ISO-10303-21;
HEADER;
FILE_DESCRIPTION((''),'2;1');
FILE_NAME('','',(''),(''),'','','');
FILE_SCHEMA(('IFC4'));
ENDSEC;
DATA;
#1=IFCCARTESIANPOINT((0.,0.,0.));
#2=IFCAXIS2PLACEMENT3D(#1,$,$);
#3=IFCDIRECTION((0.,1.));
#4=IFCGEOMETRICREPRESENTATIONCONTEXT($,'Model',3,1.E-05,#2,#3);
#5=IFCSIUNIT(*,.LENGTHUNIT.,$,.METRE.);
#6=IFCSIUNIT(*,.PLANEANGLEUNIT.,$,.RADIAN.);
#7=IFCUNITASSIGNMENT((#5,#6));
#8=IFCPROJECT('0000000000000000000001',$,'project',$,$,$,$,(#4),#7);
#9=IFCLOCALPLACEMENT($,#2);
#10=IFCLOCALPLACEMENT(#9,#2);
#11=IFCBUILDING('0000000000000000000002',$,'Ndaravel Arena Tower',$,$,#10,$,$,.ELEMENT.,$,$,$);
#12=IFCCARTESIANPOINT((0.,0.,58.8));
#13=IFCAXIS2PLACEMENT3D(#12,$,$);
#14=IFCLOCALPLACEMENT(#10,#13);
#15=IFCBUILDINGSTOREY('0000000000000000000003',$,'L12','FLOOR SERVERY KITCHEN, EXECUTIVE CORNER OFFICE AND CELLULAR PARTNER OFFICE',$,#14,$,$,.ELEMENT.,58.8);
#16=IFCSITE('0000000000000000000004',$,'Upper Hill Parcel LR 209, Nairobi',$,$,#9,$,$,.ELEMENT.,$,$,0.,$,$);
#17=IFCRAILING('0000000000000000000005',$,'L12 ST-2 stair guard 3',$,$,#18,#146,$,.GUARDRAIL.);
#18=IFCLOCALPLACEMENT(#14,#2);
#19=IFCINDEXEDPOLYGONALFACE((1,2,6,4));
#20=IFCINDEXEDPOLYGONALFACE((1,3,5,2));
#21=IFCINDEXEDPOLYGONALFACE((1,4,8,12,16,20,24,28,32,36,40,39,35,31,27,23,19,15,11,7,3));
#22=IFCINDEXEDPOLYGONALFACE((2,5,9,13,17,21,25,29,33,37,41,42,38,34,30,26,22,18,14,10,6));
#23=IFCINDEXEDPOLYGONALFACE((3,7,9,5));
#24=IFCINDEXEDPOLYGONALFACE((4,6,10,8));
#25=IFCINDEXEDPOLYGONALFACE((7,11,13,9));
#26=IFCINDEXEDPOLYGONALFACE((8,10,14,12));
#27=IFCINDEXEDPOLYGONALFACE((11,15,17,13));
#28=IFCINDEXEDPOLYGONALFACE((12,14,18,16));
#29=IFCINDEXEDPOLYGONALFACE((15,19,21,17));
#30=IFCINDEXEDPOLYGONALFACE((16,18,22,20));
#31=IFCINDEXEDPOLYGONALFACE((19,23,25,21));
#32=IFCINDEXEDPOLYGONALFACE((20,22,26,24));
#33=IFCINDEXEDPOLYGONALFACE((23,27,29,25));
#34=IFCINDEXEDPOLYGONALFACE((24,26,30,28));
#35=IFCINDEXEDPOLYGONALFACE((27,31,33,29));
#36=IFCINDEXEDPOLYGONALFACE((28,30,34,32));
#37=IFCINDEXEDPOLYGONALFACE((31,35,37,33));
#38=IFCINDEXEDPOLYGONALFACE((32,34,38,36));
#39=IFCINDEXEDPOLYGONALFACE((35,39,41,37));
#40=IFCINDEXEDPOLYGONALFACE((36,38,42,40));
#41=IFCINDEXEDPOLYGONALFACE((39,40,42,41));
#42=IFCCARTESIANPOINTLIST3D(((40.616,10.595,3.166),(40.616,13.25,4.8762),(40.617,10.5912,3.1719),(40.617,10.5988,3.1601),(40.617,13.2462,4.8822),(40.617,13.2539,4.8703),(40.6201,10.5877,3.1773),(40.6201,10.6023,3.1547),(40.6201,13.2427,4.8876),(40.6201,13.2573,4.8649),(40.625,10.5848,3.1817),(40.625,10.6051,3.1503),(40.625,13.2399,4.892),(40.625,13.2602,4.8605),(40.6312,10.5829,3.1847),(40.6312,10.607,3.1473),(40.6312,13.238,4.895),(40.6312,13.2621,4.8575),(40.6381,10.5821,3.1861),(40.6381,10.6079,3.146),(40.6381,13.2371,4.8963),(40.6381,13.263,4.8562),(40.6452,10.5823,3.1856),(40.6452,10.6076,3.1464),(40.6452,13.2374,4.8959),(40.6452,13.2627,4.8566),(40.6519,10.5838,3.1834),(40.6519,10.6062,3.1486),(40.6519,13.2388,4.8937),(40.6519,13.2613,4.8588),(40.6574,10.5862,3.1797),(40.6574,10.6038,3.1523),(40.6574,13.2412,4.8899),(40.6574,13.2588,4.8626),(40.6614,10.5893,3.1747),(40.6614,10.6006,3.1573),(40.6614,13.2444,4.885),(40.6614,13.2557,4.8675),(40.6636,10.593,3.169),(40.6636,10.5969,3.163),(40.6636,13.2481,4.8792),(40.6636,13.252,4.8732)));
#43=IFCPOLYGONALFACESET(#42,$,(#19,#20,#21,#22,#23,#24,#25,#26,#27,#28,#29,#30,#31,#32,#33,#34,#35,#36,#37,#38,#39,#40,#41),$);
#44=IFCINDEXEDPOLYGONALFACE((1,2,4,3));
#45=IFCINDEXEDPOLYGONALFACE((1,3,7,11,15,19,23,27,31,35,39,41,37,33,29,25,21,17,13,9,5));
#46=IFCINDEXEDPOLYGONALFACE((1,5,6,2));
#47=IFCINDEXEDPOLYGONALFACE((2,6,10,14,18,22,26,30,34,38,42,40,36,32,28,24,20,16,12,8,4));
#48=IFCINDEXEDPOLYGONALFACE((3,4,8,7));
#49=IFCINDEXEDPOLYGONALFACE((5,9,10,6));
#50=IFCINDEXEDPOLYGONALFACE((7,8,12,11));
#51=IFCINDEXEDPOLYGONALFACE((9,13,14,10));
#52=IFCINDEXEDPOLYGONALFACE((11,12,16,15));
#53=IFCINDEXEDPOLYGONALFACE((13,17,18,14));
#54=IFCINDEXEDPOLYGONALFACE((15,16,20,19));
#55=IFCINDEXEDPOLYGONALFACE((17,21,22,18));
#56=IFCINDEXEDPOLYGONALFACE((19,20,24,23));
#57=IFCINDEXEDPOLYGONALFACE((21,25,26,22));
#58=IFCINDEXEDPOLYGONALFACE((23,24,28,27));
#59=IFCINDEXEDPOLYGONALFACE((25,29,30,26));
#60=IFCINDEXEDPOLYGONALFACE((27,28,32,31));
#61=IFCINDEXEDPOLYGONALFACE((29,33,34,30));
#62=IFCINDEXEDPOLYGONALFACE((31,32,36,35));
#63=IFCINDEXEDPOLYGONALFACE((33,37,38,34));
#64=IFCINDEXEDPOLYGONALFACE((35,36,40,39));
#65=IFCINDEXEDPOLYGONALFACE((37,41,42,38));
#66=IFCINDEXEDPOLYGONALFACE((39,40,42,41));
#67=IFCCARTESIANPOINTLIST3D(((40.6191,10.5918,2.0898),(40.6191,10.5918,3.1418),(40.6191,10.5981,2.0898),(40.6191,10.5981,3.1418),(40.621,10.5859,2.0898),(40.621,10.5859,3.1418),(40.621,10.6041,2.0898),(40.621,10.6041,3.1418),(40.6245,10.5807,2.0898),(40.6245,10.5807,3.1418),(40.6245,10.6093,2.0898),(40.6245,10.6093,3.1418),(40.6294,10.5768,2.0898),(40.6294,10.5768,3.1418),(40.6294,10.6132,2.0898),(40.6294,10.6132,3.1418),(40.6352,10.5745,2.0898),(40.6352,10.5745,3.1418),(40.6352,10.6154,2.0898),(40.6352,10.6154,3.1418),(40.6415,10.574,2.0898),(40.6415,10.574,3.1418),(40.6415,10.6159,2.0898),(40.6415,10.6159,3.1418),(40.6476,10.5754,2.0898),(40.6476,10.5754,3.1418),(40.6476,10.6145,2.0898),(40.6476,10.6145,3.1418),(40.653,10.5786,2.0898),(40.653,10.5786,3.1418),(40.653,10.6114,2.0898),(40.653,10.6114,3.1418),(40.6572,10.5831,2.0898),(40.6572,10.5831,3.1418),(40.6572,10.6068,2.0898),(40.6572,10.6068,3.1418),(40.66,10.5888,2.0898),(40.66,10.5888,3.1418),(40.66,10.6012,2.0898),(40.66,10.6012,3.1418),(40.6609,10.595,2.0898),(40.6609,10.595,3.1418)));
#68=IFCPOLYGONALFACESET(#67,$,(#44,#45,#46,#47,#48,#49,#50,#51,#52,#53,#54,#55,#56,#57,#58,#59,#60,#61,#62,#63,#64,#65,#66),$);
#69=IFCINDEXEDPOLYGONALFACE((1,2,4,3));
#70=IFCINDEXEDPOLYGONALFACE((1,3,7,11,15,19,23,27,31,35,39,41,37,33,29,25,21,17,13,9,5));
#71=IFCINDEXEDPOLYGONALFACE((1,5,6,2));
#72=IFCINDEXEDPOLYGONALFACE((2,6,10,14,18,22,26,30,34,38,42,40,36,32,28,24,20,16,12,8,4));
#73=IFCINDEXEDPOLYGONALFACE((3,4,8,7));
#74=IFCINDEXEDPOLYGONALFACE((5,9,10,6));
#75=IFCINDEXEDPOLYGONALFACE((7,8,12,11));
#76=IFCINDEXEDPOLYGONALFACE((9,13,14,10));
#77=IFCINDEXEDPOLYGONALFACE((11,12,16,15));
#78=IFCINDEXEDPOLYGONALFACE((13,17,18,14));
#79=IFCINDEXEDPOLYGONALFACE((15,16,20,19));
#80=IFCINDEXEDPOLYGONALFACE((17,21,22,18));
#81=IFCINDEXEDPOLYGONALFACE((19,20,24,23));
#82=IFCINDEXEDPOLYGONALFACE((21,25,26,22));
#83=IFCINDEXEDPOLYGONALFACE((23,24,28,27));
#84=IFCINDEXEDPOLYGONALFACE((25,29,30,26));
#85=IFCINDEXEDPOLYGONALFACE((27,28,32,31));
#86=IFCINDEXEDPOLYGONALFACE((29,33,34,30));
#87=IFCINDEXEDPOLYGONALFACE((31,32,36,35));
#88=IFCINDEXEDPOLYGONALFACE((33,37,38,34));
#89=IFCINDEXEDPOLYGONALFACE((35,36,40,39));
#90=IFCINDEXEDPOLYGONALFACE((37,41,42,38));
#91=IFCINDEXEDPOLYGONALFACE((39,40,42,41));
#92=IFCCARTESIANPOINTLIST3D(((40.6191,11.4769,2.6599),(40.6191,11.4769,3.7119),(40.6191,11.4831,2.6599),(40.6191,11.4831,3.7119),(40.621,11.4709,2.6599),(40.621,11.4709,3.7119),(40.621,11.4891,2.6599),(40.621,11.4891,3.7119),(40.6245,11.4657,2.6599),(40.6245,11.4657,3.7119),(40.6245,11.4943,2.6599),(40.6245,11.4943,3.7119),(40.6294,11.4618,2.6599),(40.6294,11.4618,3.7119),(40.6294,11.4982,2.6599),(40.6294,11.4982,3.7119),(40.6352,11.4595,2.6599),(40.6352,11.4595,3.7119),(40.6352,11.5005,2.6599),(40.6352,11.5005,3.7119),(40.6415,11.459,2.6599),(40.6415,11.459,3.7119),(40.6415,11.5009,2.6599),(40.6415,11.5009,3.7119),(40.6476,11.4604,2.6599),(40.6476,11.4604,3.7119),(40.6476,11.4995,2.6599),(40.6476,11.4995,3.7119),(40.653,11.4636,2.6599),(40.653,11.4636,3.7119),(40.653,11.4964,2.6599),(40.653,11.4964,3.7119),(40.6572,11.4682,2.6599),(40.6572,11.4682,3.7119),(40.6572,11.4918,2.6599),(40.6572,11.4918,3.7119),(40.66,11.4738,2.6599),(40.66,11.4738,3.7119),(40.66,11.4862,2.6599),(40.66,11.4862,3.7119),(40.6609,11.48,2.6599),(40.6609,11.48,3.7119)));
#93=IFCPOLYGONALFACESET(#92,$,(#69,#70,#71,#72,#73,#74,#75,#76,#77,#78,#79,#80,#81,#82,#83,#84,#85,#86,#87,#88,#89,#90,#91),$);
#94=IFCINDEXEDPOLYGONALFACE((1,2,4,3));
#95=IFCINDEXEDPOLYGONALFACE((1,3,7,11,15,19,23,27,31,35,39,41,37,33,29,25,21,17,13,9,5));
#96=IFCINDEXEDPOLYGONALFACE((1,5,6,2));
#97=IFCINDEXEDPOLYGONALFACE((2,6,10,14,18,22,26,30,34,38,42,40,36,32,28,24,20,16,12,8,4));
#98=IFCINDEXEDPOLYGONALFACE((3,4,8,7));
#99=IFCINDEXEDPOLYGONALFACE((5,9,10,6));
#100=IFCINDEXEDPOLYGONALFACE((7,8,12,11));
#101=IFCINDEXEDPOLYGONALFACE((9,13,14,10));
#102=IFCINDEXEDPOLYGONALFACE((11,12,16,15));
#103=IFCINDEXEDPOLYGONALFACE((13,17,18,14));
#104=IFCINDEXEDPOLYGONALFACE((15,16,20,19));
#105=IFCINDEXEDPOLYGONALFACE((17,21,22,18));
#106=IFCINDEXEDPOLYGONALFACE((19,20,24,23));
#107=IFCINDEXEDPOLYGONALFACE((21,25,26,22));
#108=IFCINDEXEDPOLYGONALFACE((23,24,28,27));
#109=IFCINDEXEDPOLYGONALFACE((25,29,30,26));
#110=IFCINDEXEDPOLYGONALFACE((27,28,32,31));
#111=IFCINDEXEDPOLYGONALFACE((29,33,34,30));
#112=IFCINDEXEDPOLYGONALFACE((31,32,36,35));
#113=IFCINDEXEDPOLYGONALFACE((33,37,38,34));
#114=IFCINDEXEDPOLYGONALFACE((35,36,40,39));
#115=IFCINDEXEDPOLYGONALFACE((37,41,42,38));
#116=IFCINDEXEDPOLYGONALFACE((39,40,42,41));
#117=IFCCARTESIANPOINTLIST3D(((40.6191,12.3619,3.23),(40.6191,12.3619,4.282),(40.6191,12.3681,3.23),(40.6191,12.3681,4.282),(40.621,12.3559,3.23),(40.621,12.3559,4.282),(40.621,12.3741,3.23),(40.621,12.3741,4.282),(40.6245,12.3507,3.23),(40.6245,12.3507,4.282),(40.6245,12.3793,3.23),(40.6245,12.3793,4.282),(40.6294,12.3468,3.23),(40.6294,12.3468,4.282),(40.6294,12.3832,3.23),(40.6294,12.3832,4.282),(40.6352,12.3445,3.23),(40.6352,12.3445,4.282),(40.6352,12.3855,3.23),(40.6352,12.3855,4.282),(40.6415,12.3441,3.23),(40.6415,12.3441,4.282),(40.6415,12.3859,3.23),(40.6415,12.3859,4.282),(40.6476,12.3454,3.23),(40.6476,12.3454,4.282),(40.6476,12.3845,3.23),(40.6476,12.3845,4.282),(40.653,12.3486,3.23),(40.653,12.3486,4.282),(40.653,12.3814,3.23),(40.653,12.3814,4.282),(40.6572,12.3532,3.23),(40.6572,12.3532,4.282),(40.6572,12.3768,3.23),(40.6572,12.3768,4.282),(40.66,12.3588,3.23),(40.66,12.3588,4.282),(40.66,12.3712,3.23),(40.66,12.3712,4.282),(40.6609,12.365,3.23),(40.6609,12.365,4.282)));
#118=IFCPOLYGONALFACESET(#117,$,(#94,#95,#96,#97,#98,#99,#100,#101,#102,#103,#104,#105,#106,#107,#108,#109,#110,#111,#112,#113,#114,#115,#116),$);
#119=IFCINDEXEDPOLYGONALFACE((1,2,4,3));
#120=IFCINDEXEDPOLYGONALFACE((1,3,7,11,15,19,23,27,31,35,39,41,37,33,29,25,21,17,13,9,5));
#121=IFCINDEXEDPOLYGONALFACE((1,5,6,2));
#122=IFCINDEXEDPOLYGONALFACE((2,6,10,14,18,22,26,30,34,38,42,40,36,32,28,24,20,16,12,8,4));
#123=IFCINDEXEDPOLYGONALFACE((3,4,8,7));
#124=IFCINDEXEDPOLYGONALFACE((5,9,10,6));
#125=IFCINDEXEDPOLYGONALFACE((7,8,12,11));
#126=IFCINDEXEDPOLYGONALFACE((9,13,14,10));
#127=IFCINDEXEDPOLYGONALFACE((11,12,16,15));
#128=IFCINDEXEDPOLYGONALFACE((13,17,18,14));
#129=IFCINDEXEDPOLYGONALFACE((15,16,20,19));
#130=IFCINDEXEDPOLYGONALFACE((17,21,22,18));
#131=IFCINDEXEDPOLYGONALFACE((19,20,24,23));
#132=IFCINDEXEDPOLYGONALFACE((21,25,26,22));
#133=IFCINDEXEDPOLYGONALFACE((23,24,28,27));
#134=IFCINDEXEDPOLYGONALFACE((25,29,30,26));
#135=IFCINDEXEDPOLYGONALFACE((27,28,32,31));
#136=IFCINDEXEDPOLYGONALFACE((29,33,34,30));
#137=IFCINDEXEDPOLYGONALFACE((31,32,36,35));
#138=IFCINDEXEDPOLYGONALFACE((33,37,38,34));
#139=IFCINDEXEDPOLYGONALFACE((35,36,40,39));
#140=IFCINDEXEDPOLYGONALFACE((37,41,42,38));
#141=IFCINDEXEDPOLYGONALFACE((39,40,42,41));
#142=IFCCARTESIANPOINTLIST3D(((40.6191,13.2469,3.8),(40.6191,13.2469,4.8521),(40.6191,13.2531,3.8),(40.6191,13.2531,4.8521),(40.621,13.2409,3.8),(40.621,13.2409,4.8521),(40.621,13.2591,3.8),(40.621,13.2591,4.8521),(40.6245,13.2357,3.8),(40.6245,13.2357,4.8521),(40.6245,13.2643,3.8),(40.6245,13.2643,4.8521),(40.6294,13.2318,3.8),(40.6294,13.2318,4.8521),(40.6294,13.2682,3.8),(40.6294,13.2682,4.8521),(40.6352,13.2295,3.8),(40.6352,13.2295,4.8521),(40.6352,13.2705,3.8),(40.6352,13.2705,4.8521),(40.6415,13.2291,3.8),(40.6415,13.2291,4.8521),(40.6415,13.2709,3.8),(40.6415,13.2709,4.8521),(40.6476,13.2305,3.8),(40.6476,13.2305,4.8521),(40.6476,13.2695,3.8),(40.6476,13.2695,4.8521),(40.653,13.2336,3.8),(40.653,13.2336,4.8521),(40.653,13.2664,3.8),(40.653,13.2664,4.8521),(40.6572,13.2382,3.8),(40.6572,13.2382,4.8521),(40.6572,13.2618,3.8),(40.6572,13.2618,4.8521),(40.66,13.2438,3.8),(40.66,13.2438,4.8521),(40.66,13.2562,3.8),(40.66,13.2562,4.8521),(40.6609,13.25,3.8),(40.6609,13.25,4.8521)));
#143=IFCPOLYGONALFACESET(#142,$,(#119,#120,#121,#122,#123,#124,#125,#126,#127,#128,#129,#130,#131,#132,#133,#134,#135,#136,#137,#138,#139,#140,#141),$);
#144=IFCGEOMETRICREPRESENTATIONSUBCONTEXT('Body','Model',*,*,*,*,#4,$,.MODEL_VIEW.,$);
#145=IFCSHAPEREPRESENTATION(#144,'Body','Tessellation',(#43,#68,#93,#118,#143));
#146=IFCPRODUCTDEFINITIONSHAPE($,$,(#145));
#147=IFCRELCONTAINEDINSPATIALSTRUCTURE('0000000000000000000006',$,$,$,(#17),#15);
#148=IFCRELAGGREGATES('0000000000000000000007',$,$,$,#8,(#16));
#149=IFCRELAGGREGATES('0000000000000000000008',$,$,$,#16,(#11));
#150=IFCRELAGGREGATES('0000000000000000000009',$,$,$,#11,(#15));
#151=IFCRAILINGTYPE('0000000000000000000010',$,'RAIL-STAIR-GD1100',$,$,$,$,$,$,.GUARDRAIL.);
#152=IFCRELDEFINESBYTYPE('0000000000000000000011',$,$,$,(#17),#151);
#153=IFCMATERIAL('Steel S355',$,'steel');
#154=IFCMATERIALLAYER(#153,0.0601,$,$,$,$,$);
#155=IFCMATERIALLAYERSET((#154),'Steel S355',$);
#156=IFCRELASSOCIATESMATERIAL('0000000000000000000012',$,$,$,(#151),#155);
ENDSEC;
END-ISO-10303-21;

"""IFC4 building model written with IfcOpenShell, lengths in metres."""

from ifc_helpers import new_model, si_unit, direction, frame, origin, origin_2d, place, context, subcontext, project, spatial, circle, extrude, material, layer, layer_set, type_object, element, save


model = new_model("IFC4")

# Units and contexts
model_context = context("Model", 3, precision=1e-05, world=origin(), true_north=direction((0.0, 1.0)))
body_context = subcontext(model_context, "Body", "Model", "MODEL_VIEW")
ifc_project = project(units=[si_unit("LENGTHUNIT", "METRE"), si_unit("PLANEANGLEUNIT", "RADIAN")], contexts=[model_context])

# Site, building, storey
site_placement = place(None, origin())
site = spatial("IfcSite", under=ifc_project, at=site_placement, Name="Upper Hill Parcel LR 209, Nairobi", CompositionType="ELEMENT", RefElevation=0.0)
building_placement = place(site_placement, origin())
building = spatial("IfcBuilding", under=site, at=building_placement, Name="Ndaravel Arena Tower", CompositionType="ELEMENT")
storey_placement = place(building_placement, frame((0.0, 0.0, 58.8)))
storey = spatial("IfcBuildingStorey", under=building, at=storey_placement, Name="L12", Description="FLOOR SERVERY KITCHEN, EXECUTIVE CORNER OFFICE AND CELLULAR PARTNER OFFICE", CompositionType="ELEMENT", Elevation=58.8)

# Railing
ifc_material_1 = material(Name="Steel S355", Category="steel")
ifc_layer_1 = layer(ifc_material_1, 0.0601)
ifc_layer_set_1 = layer_set([ifc_layer_1], Name="Steel S355")
railing_type_1 = type_object("IfcRailingType", Name="RAIL-STAIR-GD1100", PredefinedType="GUARDRAIL", material=ifc_layer_set_1)
railing_1_placement = place(storey_placement, frame((40.6399, 10.595, 2.0898)))
element("IfcRailing", 1, at=railing_1_placement, inside=storey, type_object=railing_type_1, Name="L12 ST-2 stair guard 3", PredefinedType="GUARDRAIL", context=body_context, shape_type="SweptSolid", body=[
    extrude(circle(Radius=0.0239, at=origin_2d()), frame((0.0, 0.0, 1.0762), z_axis=(0.0, 0.840688, 0.541519), x_axis=(-1.0, 0.0, 0.0)), (0.0, 0.0, 1.0), 3.1582),
    extrude(circle(Radius=0.021, at=origin_2d()), origin(), (0.0, 0.0, 1.0), 1.052),
    extrude(circle(Radius=0.021, at=origin_2d()), frame((0.0, 0.885, 0.5701)), (0.0, 0.0, 1.0), 1.052),
    extrude(circle(Radius=0.021, at=origin_2d()), frame((0.0, 1.77, 1.1401)), (0.0, 0.0, 1.0), 1.052),
    extrude(circle(Radius=0.021, at=origin_2d()), frame((0.0, 2.655, 1.7102)), (0.0, 0.0, 1.0), 1.052),
])

save(model, "model.ifc")
